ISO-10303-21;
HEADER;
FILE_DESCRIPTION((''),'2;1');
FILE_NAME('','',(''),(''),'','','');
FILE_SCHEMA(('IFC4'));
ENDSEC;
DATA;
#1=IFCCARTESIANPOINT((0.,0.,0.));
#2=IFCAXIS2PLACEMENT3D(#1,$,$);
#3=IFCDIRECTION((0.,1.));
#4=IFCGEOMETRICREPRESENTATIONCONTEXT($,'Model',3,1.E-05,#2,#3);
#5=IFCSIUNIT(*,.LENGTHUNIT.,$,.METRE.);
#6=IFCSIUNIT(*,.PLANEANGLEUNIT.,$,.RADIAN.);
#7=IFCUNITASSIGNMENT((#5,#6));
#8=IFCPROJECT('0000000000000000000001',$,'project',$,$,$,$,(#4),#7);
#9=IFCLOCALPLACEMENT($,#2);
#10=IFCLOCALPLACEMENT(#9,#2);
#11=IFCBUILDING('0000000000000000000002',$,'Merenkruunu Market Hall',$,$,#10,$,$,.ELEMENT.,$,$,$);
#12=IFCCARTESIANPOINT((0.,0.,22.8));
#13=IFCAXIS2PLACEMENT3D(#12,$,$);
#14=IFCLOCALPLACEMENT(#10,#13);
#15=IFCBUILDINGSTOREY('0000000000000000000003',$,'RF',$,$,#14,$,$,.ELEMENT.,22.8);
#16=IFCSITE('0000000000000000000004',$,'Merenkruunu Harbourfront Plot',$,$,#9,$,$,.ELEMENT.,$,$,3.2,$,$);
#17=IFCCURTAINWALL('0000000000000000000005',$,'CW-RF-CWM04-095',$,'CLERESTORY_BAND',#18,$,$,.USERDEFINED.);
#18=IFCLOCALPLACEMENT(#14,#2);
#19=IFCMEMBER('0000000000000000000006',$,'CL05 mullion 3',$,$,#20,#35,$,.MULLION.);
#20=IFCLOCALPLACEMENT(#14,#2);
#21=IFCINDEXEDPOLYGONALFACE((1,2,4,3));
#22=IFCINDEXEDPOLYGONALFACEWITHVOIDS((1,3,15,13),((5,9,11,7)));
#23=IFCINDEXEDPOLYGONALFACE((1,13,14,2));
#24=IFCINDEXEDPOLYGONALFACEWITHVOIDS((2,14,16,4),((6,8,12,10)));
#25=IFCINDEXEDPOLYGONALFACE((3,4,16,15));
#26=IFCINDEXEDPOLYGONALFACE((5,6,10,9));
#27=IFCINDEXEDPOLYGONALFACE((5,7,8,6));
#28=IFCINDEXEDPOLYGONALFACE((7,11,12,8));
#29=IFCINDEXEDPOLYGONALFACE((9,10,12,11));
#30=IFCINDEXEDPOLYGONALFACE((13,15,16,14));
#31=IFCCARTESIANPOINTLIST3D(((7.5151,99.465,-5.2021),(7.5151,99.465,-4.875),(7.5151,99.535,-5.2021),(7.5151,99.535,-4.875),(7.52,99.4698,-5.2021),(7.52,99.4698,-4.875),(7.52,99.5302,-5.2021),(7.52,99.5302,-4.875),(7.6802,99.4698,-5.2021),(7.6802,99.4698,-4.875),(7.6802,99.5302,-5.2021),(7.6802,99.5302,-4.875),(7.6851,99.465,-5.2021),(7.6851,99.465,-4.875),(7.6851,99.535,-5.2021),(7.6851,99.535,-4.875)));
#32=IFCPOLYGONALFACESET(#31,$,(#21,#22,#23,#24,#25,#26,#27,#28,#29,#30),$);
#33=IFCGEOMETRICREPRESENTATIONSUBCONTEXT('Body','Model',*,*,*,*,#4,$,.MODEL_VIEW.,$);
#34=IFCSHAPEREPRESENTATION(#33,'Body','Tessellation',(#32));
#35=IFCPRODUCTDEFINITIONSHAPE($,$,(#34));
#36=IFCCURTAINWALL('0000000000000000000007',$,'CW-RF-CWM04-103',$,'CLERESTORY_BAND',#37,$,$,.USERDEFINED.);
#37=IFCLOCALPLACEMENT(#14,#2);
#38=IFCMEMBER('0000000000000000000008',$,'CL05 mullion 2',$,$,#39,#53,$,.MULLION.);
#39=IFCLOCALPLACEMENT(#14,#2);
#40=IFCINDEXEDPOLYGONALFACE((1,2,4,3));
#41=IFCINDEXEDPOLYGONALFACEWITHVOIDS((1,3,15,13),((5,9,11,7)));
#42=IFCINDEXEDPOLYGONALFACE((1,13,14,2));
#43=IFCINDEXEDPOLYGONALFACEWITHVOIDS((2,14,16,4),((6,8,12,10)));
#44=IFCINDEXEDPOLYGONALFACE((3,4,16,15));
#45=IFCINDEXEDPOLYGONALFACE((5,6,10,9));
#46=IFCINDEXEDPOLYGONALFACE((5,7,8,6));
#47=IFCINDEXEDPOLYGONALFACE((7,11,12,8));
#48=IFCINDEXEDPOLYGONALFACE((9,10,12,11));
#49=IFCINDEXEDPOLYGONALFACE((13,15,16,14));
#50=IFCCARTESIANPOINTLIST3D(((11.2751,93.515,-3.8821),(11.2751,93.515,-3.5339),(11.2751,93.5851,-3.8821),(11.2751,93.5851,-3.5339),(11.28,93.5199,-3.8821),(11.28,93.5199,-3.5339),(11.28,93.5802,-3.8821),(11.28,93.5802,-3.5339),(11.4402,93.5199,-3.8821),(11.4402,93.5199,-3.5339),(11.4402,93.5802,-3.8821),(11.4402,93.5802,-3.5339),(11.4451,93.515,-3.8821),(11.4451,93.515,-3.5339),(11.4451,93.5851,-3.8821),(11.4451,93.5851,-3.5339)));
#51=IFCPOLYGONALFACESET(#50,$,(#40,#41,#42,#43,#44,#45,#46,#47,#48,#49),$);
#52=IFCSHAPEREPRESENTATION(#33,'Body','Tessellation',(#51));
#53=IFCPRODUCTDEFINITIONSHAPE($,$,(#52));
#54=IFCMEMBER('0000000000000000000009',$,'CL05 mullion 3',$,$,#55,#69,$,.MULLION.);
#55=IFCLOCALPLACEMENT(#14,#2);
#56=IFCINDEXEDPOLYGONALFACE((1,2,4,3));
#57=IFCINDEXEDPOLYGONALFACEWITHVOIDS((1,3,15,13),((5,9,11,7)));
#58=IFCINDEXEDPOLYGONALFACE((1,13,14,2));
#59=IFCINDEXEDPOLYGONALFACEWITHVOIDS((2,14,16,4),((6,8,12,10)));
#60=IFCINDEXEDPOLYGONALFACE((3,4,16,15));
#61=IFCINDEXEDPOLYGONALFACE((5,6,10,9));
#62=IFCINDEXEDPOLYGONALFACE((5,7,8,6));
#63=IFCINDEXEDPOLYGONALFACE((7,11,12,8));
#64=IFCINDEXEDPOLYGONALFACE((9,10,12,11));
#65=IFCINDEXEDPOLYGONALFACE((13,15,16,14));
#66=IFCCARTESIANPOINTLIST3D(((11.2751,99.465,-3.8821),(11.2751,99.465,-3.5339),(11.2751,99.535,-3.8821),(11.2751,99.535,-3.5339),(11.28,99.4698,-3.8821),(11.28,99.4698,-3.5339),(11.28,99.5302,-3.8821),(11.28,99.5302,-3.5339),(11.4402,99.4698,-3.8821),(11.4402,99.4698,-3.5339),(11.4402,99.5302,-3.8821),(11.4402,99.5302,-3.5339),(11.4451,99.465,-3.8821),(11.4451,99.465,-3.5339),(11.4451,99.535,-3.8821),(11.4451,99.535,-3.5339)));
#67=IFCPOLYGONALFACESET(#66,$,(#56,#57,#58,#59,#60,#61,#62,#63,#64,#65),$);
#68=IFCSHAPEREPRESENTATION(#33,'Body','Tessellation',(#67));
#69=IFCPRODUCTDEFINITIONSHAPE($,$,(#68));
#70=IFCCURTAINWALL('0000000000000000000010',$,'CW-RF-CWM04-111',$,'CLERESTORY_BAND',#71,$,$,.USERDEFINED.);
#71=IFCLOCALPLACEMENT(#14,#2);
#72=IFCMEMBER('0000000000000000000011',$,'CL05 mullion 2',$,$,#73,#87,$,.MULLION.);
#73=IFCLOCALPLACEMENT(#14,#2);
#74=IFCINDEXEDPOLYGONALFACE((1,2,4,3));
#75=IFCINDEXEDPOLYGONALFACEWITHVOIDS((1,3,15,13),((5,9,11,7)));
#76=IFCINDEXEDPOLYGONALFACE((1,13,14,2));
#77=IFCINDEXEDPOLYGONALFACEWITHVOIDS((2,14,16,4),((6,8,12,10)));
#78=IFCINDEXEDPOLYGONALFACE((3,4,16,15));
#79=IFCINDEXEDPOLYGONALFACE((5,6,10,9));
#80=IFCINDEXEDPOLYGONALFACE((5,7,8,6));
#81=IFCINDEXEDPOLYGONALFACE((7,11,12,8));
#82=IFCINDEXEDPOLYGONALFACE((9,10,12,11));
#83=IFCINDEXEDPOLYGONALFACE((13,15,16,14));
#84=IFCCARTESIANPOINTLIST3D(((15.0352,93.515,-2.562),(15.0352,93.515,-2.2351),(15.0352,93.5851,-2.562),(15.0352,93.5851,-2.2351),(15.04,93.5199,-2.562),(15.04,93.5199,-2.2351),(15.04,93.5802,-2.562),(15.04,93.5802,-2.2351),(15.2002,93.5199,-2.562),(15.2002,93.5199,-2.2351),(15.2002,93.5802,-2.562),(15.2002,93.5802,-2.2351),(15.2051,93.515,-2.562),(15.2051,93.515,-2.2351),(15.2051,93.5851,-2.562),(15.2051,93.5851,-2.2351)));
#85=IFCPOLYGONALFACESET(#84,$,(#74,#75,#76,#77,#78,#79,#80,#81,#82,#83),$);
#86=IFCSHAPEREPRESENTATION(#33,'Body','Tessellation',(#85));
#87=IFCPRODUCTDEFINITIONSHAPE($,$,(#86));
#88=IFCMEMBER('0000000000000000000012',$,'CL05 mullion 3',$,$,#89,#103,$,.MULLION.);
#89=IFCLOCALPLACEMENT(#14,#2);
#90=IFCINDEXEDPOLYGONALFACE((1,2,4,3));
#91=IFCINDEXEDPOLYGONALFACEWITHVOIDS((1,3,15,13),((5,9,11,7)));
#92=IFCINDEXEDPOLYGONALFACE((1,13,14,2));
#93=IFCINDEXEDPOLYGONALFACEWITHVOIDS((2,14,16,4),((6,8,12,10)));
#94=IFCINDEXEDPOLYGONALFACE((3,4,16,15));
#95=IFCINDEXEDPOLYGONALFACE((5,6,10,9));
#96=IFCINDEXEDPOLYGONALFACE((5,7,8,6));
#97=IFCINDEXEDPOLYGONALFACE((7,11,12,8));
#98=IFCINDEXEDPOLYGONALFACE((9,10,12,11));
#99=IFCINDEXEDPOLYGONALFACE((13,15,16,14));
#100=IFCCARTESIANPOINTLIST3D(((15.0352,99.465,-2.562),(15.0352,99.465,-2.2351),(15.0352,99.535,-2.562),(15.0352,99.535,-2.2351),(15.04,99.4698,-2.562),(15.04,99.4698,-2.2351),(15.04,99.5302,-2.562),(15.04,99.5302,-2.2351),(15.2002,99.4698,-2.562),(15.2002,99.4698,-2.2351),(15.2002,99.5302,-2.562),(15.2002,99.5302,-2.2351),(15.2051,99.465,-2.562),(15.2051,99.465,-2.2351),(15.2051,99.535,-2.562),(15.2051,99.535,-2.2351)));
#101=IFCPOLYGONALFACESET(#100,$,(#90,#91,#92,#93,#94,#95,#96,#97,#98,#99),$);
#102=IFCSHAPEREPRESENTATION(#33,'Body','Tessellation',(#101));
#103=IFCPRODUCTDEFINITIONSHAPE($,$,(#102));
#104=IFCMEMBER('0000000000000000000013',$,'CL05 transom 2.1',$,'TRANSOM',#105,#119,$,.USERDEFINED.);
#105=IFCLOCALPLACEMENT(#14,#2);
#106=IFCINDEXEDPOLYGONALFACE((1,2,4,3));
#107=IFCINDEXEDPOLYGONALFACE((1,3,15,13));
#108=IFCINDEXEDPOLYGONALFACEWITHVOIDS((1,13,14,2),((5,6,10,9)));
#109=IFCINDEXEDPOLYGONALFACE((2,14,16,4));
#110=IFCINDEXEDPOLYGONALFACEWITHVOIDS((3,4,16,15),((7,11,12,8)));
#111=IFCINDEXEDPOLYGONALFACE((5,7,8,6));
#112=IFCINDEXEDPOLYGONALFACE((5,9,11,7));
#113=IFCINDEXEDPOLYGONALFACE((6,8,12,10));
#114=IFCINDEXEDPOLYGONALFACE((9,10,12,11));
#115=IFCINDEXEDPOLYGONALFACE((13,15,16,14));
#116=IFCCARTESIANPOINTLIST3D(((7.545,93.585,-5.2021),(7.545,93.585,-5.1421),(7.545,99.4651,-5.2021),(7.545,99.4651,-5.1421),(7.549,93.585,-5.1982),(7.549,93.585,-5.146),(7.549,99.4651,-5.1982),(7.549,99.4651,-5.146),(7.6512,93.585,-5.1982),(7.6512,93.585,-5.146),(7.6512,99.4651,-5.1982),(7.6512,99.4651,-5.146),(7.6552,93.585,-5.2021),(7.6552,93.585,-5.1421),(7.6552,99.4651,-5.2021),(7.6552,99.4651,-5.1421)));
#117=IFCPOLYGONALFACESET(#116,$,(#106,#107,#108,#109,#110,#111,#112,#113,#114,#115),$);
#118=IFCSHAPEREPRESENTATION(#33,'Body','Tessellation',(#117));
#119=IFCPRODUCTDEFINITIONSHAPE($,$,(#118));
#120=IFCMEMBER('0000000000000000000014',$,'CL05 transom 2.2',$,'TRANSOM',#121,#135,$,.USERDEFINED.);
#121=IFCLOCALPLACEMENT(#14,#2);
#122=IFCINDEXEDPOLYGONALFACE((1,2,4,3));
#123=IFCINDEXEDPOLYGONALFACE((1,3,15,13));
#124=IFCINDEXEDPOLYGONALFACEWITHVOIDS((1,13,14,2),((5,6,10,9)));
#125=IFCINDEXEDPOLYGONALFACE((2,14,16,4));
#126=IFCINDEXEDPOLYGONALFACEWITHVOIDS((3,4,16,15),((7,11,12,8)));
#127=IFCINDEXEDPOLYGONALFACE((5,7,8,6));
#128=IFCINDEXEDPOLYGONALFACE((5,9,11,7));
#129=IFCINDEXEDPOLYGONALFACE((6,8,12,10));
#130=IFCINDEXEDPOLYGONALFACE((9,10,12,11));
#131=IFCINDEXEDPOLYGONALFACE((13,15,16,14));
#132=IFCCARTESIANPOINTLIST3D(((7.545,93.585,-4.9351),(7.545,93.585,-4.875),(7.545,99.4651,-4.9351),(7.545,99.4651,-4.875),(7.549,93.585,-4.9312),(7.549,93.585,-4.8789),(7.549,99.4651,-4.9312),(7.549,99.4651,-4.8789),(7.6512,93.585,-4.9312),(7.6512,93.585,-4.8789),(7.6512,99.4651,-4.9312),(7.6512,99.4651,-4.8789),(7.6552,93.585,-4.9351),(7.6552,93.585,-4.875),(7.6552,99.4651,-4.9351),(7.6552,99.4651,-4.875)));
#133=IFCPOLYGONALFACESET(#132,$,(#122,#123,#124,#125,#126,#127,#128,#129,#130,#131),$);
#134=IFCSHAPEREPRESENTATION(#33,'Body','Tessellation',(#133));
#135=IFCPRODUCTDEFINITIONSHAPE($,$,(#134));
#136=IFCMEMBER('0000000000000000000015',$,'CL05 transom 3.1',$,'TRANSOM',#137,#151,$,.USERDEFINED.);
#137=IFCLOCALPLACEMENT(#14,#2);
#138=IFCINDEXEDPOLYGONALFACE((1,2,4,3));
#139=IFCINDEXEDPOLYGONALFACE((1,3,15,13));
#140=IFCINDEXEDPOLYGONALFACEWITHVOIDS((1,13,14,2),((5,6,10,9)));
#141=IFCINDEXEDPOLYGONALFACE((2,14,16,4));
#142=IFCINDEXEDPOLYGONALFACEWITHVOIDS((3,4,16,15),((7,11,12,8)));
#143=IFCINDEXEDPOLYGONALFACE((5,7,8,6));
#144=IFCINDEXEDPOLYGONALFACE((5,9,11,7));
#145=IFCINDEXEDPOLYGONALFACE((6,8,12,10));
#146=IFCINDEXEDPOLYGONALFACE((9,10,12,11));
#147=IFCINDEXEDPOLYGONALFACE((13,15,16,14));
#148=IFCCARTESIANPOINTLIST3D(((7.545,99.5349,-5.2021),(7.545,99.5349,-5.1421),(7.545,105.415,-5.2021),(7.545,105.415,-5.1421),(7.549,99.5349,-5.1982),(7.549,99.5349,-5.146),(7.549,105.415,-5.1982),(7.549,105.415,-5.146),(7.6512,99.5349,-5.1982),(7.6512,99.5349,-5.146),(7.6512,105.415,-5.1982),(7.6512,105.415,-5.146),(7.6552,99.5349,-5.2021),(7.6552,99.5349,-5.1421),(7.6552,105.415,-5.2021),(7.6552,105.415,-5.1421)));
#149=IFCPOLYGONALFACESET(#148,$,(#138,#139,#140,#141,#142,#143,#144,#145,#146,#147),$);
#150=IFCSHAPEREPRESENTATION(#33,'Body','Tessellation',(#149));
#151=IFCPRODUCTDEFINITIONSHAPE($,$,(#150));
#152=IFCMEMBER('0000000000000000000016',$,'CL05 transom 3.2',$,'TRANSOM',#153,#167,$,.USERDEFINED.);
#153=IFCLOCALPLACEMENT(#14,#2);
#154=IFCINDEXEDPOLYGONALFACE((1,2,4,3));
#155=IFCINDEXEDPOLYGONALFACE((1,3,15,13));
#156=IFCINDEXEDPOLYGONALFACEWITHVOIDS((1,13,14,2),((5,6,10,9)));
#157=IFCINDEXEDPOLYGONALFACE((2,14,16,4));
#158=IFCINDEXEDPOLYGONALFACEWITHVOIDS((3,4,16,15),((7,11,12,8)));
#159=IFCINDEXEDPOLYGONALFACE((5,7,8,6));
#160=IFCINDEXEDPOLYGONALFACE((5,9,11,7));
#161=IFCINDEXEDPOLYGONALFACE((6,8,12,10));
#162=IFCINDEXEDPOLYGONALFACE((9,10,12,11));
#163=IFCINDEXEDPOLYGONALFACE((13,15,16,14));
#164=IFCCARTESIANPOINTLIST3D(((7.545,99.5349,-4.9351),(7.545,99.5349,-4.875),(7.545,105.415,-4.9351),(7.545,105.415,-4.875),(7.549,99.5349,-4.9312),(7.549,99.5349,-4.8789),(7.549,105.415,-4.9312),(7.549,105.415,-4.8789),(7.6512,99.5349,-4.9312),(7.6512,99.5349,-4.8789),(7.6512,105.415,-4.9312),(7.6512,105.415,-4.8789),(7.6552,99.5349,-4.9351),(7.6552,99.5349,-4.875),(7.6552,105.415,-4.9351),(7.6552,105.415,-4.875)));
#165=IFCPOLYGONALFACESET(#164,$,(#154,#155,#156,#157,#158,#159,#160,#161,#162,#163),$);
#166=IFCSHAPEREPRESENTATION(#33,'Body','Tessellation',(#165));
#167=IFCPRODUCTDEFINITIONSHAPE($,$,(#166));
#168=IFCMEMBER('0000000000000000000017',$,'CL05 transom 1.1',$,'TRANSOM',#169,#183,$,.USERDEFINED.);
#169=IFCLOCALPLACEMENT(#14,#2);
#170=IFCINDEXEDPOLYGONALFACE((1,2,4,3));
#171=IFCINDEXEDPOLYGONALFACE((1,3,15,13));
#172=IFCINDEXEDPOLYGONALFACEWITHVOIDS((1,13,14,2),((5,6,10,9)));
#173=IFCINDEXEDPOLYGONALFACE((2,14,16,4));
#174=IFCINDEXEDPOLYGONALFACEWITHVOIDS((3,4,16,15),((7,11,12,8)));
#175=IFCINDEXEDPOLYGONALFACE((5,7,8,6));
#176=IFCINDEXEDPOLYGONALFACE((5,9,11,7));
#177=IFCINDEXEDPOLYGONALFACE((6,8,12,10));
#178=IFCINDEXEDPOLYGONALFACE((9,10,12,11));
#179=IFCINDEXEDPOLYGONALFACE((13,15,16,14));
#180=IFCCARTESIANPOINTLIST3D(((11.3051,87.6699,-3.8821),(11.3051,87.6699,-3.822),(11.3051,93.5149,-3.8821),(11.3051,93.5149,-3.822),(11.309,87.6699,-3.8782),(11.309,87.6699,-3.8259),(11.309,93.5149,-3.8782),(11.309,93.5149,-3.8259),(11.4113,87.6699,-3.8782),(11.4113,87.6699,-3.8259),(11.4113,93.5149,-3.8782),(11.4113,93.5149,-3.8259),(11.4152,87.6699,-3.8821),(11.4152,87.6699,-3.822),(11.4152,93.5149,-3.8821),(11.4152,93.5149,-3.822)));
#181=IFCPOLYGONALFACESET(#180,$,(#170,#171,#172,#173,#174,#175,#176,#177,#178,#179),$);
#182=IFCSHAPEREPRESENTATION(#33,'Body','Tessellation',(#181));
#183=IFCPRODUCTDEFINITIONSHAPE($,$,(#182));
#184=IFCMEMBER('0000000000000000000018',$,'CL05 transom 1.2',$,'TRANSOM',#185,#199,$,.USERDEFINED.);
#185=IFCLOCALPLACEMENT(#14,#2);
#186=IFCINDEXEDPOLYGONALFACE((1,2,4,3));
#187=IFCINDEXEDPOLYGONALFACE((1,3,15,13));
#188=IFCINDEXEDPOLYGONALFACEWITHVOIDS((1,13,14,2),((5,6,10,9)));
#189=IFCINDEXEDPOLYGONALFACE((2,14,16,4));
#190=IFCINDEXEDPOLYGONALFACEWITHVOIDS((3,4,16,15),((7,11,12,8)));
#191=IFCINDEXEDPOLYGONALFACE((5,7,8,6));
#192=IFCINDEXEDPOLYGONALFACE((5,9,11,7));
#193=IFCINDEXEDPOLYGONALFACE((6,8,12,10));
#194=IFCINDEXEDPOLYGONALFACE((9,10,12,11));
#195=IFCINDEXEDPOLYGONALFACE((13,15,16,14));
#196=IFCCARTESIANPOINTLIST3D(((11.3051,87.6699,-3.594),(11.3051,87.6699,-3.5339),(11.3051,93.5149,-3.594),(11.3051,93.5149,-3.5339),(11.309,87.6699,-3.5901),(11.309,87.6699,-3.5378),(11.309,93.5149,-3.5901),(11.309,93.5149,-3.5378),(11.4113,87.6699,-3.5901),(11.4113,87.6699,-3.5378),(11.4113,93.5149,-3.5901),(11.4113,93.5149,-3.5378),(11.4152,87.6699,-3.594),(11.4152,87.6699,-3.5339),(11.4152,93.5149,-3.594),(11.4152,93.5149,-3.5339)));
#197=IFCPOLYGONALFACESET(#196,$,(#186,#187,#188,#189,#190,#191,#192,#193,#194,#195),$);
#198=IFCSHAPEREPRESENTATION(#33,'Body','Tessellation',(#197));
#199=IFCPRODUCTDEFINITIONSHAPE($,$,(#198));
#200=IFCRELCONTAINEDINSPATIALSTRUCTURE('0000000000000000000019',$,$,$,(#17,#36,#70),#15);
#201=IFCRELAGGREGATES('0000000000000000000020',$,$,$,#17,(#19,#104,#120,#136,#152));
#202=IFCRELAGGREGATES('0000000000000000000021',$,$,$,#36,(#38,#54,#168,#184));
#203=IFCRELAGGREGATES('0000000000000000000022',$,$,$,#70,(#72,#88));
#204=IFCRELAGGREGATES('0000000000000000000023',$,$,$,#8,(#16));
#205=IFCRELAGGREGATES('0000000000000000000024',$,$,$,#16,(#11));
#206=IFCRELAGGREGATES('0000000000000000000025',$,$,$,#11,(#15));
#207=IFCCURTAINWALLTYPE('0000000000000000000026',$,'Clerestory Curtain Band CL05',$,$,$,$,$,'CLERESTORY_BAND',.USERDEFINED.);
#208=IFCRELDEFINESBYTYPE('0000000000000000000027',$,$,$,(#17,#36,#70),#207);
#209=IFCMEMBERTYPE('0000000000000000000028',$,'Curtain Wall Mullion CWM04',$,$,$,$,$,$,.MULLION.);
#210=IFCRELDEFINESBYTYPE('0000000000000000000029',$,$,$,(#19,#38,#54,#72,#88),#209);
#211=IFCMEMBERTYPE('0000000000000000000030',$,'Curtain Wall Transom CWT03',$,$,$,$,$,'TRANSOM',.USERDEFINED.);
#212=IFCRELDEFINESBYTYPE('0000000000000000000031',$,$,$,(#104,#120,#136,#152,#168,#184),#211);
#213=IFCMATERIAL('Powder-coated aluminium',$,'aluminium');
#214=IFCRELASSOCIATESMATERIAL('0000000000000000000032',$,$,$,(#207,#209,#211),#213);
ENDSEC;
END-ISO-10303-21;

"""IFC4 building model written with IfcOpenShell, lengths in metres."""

from ifc_helpers import new_model, si_unit, direction, frame, origin, origin_2d, place, context, subcontext, project, spatial, hollow_rectangle, extrude, material, material_profile, profile_set, type_object, element, aggregate, save


model = new_model("IFC4")

# Units and contexts
model_context = context("Model", 3, precision=1e-05, world=origin(), true_north=direction((0.0, 1.0)))
body_context = subcontext(model_context, "Body", "Model", "MODEL_VIEW")
ifc_project = project(units=[si_unit("LENGTHUNIT", "METRE"), si_unit("PLANEANGLEUNIT", "RADIAN")], contexts=[model_context])

# Site, building, storey
site_placement = place(None, origin())
site = spatial("IfcSite", under=ifc_project, at=site_placement, Name="Merenkruunu Harbourfront Plot", CompositionType="ELEMENT", RefElevation=3.2)
building_placement = place(site_placement, origin())
building = spatial("IfcBuilding", under=site, at=building_placement, Name="Merenkruunu Market Hall", CompositionType="ELEMENT")
storey_placement = place(building_placement, frame((0.0, 0.0, 22.8)))
storey = spatial("IfcBuildingStorey", under=building, at=storey_placement, Name="RF", CompositionType="ELEMENT", Elevation=22.8)

# Curtain wall, member
ifc_material_1 = material(Name="Powder-coated aluminium", Category="aluminium")
curtain_wall_type = type_object("IfcCurtainWallType", Name="Clerestory Curtain Band CL05", ElementType="CLERESTORY_BAND", PredefinedType="USERDEFINED", material=ifc_material_1)
curtain_wall_1_placement = place(storey_placement, origin())
curtain_wall_1 = element("IfcCurtainWall", 1, at=curtain_wall_1_placement, inside=storey, type_object=curtain_wall_type, Name="CW-RF-CWM04-095", ObjectType="CLERESTORY_BAND", PredefinedType="USERDEFINED")
ifc_material_profile_1 = material_profile(ifc_material_1, hollow_rectangle(XDim=0.0701, YDim=0.1699, WallThickness=0.0049, at=origin_2d()), Name="ALU 70x170x5")
ifc_profile_set_1 = profile_set([ifc_material_profile_1], Name="Powder-coated aluminium")
member_type_1 = type_object("IfcMemberType", Name="Curtain Wall Mullion CWM04", PredefinedType="MULLION", material=ifc_profile_set_1)
member_1_placement = place(storey_placement, frame((7.6001, 99.5, -5.2021), z_axis=(0.0, 0.0, 1.0), x_axis=(0.0, 1.0, 0.0)))
member_1 = element("IfcMember", 2, at=member_1_placement, type_object=member_type_1, Name="CL05 mullion 3", PredefinedType="MULLION", context=body_context, shape_type="SweptSolid", body=[
    extrude(hollow_rectangle(XDim=0.0701, YDim=0.1699, WallThickness=0.0049, at=origin_2d()), origin(), (0.0, 0.0, 1.0), 0.3271),
])

# Curtain walls, members
curtain_wall_2_placement = place(storey_placement, origin())
curtain_wall_2 = element("IfcCurtainWall", 3, at=curtain_wall_2_placement, inside=storey, type_object=curtain_wall_type, Name="CW-RF-CWM04-103", ObjectType="CLERESTORY_BAND", PredefinedType="USERDEFINED")
member_2_placement = place(storey_placement, frame((11.3601, 93.55, -3.8821), z_axis=(0.0, 0.0, 1.0), x_axis=(0.0, 1.0, 0.0)))
member_2 = element("IfcMember", 4, at=member_2_placement, type_object=member_type_1, Name="CL05 mullion 2", PredefinedType="MULLION", context=body_context, shape_type="SweptSolid", body=[
    extrude(hollow_rectangle(XDim=0.0701, YDim=0.1699, WallThickness=0.0049, at=origin_2d()), origin(), (0.0, 0.0, 1.0), 0.3481),
])
member_3_placement = place(storey_placement, frame((11.3601, 99.5, -3.8821), z_axis=(0.0, 0.0, 1.0), x_axis=(0.0, 1.0, 0.0)))
member_3 = element("IfcMember", 5, at=member_3_placement, type_object=member_type_1, Name="CL05 mullion 3", PredefinedType="MULLION", context=body_context, shape_type="SweptSolid", body=[
    extrude(hollow_rectangle(XDim=0.0701, YDim=0.1699, WallThickness=0.0049, at=origin_2d()), origin(), (0.0, 0.0, 1.0), 0.3481),
])
curtain_wall_3_placement = place(storey_placement, origin())
curtain_wall_3 = element("IfcCurtainWall", 6, at=curtain_wall_3_placement, inside=storey, type_object=curtain_wall_type, Name="CW-RF-CWM04-111", ObjectType="CLERESTORY_BAND", PredefinedType="USERDEFINED")
member_4_placement = place(storey_placement, frame((15.1201, 93.55, -2.562), z_axis=(0.0, 0.0, 1.0), x_axis=(0.0, 1.0, 0.0)))
member_4 = element("IfcMember", 7, at=member_4_placement, type_object=member_type_1, Name="CL05 mullion 2", PredefinedType="MULLION", context=body_context, shape_type="SweptSolid", body=[
    extrude(hollow_rectangle(XDim=0.0701, YDim=0.1699, WallThickness=0.0049, at=origin_2d()), origin(), (0.0, 0.0, 1.0), 0.3269),
])
member_5_placement = place(storey_placement, frame((15.1201, 99.5, -2.562), z_axis=(0.0, 0.0, 1.0), x_axis=(0.0, 1.0, 0.0)))
member_5 = element("IfcMember", 8, at=member_5_placement, type_object=member_type_1, Name="CL05 mullion 3", PredefinedType="MULLION", context=body_context, shape_type="SweptSolid", body=[
    extrude(hollow_rectangle(XDim=0.0701, YDim=0.1699, WallThickness=0.0049, at=origin_2d()), origin(), (0.0, 0.0, 1.0), 0.3269),
])

# Members
ifc_material_profile_2 = material_profile(ifc_material_1, hollow_rectangle(XDim=0.0601, YDim=0.1101, WallThickness=0.0039, at=origin_2d()), Name="ALU 60x110x4")
ifc_profile_set_2 = profile_set([ifc_material_profile_2], Name="Powder-coated aluminium")
member_type_2 = type_object("IfcMemberType", Name="Curtain Wall Transom CWT03", ElementType="TRANSOM", PredefinedType="USERDEFINED", material=ifc_profile_set_2)
member_6_placement = place(storey_placement, frame((7.6001, 93.585, -5.1721), z_axis=(0.0, 1.0, 0.0), x_axis=(0.0, 0.0, 1.0)))
member_6 = element("IfcMember", 9, at=member_6_placement, type_object=member_type_2, Name="CL05 transom 2.1", ObjectType="TRANSOM", PredefinedType="USERDEFINED", context=body_context, shape_type="SweptSolid", body=[
    extrude(hollow_rectangle(XDim=0.0601, YDim=0.1101, WallThickness=0.0039, at=origin_2d()), origin(), (0.0, 0.0, 1.0), 5.8801),
])
member_7_placement = place(storey_placement, frame((7.6001, 93.585, -4.905), z_axis=(0.0, 1.0, 0.0), x_axis=(0.0, 0.0, 1.0)))
member_7 = element("IfcMember", 10, at=member_7_placement, type_object=member_type_2, Name="CL05 transom 2.2", ObjectType="TRANSOM", PredefinedType="USERDEFINED", context=body_context, shape_type="SweptSolid", body=[
    extrude(hollow_rectangle(XDim=0.0601, YDim=0.1101, WallThickness=0.0039, at=origin_2d()), origin(), (0.0, 0.0, 1.0), 5.8801),
])
member_8_placement = place(storey_placement, frame((7.6001, 99.5349, -5.1721), z_axis=(0.0, 1.0, 0.0), x_axis=(0.0, 0.0, 1.0)))
member_8 = element("IfcMember", 11, at=member_8_placement, type_object=member_type_2, Name="CL05 transom 3.1", ObjectType="TRANSOM", PredefinedType="USERDEFINED", context=body_context, shape_type="SweptSolid", body=[
    extrude(hollow_rectangle(XDim=0.0601, YDim=0.1101, WallThickness=0.0039, at=origin_2d()), origin(), (0.0, 0.0, 1.0), 5.8801),
])
member_9_placement = place(storey_placement, frame((7.6001, 99.5349, -4.905), z_axis=(0.0, 1.0, 0.0), x_axis=(0.0, 0.0, 1.0)))
member_9 = element("IfcMember", 12, at=member_9_placement, type_object=member_type_2, Name="CL05 transom 3.2", ObjectType="TRANSOM", PredefinedType="USERDEFINED", context=body_context, shape_type="SweptSolid", body=[
    extrude(hollow_rectangle(XDim=0.0601, YDim=0.1101, WallThickness=0.0039, at=origin_2d()), origin(), (0.0, 0.0, 1.0), 5.8801),
])
member_10_placement = place(storey_placement, frame((11.3601, 87.6699, -3.8521), z_axis=(0.0, 1.0, 0.0), x_axis=(0.0, 0.0, 1.0)))
member_10 = element("IfcMember", 13, at=member_10_placement, type_object=member_type_2, Name="CL05 transom 1.1", ObjectType="TRANSOM", PredefinedType="USERDEFINED", context=body_context, shape_type="SweptSolid", body=[
    extrude(hollow_rectangle(XDim=0.0601, YDim=0.1101, WallThickness=0.0039, at=origin_2d()), origin(), (0.0, 0.0, 1.0), 5.845),
])
member_11_placement = place(storey_placement, frame((11.3601, 87.6699, -3.564), z_axis=(0.0, 1.0, 0.0), x_axis=(0.0, 0.0, 1.0)))
member_11 = element("IfcMember", 14, at=member_11_placement, type_object=member_type_2, Name="CL05 transom 1.2", ObjectType="TRANSOM", PredefinedType="USERDEFINED", context=body_context, shape_type="SweptSolid", body=[
    extrude(hollow_rectangle(XDim=0.0601, YDim=0.1101, WallThickness=0.0039, at=origin_2d()), origin(), (0.0, 0.0, 1.0), 5.845),
])

aggregate(curtain_wall_1, [member_1, member_6, member_7, member_8, member_9])
aggregate(curtain_wall_2, [member_2, member_3, member_10, member_11])
aggregate(curtain_wall_3, [member_4, member_5])

save(model, "model.ifc")
